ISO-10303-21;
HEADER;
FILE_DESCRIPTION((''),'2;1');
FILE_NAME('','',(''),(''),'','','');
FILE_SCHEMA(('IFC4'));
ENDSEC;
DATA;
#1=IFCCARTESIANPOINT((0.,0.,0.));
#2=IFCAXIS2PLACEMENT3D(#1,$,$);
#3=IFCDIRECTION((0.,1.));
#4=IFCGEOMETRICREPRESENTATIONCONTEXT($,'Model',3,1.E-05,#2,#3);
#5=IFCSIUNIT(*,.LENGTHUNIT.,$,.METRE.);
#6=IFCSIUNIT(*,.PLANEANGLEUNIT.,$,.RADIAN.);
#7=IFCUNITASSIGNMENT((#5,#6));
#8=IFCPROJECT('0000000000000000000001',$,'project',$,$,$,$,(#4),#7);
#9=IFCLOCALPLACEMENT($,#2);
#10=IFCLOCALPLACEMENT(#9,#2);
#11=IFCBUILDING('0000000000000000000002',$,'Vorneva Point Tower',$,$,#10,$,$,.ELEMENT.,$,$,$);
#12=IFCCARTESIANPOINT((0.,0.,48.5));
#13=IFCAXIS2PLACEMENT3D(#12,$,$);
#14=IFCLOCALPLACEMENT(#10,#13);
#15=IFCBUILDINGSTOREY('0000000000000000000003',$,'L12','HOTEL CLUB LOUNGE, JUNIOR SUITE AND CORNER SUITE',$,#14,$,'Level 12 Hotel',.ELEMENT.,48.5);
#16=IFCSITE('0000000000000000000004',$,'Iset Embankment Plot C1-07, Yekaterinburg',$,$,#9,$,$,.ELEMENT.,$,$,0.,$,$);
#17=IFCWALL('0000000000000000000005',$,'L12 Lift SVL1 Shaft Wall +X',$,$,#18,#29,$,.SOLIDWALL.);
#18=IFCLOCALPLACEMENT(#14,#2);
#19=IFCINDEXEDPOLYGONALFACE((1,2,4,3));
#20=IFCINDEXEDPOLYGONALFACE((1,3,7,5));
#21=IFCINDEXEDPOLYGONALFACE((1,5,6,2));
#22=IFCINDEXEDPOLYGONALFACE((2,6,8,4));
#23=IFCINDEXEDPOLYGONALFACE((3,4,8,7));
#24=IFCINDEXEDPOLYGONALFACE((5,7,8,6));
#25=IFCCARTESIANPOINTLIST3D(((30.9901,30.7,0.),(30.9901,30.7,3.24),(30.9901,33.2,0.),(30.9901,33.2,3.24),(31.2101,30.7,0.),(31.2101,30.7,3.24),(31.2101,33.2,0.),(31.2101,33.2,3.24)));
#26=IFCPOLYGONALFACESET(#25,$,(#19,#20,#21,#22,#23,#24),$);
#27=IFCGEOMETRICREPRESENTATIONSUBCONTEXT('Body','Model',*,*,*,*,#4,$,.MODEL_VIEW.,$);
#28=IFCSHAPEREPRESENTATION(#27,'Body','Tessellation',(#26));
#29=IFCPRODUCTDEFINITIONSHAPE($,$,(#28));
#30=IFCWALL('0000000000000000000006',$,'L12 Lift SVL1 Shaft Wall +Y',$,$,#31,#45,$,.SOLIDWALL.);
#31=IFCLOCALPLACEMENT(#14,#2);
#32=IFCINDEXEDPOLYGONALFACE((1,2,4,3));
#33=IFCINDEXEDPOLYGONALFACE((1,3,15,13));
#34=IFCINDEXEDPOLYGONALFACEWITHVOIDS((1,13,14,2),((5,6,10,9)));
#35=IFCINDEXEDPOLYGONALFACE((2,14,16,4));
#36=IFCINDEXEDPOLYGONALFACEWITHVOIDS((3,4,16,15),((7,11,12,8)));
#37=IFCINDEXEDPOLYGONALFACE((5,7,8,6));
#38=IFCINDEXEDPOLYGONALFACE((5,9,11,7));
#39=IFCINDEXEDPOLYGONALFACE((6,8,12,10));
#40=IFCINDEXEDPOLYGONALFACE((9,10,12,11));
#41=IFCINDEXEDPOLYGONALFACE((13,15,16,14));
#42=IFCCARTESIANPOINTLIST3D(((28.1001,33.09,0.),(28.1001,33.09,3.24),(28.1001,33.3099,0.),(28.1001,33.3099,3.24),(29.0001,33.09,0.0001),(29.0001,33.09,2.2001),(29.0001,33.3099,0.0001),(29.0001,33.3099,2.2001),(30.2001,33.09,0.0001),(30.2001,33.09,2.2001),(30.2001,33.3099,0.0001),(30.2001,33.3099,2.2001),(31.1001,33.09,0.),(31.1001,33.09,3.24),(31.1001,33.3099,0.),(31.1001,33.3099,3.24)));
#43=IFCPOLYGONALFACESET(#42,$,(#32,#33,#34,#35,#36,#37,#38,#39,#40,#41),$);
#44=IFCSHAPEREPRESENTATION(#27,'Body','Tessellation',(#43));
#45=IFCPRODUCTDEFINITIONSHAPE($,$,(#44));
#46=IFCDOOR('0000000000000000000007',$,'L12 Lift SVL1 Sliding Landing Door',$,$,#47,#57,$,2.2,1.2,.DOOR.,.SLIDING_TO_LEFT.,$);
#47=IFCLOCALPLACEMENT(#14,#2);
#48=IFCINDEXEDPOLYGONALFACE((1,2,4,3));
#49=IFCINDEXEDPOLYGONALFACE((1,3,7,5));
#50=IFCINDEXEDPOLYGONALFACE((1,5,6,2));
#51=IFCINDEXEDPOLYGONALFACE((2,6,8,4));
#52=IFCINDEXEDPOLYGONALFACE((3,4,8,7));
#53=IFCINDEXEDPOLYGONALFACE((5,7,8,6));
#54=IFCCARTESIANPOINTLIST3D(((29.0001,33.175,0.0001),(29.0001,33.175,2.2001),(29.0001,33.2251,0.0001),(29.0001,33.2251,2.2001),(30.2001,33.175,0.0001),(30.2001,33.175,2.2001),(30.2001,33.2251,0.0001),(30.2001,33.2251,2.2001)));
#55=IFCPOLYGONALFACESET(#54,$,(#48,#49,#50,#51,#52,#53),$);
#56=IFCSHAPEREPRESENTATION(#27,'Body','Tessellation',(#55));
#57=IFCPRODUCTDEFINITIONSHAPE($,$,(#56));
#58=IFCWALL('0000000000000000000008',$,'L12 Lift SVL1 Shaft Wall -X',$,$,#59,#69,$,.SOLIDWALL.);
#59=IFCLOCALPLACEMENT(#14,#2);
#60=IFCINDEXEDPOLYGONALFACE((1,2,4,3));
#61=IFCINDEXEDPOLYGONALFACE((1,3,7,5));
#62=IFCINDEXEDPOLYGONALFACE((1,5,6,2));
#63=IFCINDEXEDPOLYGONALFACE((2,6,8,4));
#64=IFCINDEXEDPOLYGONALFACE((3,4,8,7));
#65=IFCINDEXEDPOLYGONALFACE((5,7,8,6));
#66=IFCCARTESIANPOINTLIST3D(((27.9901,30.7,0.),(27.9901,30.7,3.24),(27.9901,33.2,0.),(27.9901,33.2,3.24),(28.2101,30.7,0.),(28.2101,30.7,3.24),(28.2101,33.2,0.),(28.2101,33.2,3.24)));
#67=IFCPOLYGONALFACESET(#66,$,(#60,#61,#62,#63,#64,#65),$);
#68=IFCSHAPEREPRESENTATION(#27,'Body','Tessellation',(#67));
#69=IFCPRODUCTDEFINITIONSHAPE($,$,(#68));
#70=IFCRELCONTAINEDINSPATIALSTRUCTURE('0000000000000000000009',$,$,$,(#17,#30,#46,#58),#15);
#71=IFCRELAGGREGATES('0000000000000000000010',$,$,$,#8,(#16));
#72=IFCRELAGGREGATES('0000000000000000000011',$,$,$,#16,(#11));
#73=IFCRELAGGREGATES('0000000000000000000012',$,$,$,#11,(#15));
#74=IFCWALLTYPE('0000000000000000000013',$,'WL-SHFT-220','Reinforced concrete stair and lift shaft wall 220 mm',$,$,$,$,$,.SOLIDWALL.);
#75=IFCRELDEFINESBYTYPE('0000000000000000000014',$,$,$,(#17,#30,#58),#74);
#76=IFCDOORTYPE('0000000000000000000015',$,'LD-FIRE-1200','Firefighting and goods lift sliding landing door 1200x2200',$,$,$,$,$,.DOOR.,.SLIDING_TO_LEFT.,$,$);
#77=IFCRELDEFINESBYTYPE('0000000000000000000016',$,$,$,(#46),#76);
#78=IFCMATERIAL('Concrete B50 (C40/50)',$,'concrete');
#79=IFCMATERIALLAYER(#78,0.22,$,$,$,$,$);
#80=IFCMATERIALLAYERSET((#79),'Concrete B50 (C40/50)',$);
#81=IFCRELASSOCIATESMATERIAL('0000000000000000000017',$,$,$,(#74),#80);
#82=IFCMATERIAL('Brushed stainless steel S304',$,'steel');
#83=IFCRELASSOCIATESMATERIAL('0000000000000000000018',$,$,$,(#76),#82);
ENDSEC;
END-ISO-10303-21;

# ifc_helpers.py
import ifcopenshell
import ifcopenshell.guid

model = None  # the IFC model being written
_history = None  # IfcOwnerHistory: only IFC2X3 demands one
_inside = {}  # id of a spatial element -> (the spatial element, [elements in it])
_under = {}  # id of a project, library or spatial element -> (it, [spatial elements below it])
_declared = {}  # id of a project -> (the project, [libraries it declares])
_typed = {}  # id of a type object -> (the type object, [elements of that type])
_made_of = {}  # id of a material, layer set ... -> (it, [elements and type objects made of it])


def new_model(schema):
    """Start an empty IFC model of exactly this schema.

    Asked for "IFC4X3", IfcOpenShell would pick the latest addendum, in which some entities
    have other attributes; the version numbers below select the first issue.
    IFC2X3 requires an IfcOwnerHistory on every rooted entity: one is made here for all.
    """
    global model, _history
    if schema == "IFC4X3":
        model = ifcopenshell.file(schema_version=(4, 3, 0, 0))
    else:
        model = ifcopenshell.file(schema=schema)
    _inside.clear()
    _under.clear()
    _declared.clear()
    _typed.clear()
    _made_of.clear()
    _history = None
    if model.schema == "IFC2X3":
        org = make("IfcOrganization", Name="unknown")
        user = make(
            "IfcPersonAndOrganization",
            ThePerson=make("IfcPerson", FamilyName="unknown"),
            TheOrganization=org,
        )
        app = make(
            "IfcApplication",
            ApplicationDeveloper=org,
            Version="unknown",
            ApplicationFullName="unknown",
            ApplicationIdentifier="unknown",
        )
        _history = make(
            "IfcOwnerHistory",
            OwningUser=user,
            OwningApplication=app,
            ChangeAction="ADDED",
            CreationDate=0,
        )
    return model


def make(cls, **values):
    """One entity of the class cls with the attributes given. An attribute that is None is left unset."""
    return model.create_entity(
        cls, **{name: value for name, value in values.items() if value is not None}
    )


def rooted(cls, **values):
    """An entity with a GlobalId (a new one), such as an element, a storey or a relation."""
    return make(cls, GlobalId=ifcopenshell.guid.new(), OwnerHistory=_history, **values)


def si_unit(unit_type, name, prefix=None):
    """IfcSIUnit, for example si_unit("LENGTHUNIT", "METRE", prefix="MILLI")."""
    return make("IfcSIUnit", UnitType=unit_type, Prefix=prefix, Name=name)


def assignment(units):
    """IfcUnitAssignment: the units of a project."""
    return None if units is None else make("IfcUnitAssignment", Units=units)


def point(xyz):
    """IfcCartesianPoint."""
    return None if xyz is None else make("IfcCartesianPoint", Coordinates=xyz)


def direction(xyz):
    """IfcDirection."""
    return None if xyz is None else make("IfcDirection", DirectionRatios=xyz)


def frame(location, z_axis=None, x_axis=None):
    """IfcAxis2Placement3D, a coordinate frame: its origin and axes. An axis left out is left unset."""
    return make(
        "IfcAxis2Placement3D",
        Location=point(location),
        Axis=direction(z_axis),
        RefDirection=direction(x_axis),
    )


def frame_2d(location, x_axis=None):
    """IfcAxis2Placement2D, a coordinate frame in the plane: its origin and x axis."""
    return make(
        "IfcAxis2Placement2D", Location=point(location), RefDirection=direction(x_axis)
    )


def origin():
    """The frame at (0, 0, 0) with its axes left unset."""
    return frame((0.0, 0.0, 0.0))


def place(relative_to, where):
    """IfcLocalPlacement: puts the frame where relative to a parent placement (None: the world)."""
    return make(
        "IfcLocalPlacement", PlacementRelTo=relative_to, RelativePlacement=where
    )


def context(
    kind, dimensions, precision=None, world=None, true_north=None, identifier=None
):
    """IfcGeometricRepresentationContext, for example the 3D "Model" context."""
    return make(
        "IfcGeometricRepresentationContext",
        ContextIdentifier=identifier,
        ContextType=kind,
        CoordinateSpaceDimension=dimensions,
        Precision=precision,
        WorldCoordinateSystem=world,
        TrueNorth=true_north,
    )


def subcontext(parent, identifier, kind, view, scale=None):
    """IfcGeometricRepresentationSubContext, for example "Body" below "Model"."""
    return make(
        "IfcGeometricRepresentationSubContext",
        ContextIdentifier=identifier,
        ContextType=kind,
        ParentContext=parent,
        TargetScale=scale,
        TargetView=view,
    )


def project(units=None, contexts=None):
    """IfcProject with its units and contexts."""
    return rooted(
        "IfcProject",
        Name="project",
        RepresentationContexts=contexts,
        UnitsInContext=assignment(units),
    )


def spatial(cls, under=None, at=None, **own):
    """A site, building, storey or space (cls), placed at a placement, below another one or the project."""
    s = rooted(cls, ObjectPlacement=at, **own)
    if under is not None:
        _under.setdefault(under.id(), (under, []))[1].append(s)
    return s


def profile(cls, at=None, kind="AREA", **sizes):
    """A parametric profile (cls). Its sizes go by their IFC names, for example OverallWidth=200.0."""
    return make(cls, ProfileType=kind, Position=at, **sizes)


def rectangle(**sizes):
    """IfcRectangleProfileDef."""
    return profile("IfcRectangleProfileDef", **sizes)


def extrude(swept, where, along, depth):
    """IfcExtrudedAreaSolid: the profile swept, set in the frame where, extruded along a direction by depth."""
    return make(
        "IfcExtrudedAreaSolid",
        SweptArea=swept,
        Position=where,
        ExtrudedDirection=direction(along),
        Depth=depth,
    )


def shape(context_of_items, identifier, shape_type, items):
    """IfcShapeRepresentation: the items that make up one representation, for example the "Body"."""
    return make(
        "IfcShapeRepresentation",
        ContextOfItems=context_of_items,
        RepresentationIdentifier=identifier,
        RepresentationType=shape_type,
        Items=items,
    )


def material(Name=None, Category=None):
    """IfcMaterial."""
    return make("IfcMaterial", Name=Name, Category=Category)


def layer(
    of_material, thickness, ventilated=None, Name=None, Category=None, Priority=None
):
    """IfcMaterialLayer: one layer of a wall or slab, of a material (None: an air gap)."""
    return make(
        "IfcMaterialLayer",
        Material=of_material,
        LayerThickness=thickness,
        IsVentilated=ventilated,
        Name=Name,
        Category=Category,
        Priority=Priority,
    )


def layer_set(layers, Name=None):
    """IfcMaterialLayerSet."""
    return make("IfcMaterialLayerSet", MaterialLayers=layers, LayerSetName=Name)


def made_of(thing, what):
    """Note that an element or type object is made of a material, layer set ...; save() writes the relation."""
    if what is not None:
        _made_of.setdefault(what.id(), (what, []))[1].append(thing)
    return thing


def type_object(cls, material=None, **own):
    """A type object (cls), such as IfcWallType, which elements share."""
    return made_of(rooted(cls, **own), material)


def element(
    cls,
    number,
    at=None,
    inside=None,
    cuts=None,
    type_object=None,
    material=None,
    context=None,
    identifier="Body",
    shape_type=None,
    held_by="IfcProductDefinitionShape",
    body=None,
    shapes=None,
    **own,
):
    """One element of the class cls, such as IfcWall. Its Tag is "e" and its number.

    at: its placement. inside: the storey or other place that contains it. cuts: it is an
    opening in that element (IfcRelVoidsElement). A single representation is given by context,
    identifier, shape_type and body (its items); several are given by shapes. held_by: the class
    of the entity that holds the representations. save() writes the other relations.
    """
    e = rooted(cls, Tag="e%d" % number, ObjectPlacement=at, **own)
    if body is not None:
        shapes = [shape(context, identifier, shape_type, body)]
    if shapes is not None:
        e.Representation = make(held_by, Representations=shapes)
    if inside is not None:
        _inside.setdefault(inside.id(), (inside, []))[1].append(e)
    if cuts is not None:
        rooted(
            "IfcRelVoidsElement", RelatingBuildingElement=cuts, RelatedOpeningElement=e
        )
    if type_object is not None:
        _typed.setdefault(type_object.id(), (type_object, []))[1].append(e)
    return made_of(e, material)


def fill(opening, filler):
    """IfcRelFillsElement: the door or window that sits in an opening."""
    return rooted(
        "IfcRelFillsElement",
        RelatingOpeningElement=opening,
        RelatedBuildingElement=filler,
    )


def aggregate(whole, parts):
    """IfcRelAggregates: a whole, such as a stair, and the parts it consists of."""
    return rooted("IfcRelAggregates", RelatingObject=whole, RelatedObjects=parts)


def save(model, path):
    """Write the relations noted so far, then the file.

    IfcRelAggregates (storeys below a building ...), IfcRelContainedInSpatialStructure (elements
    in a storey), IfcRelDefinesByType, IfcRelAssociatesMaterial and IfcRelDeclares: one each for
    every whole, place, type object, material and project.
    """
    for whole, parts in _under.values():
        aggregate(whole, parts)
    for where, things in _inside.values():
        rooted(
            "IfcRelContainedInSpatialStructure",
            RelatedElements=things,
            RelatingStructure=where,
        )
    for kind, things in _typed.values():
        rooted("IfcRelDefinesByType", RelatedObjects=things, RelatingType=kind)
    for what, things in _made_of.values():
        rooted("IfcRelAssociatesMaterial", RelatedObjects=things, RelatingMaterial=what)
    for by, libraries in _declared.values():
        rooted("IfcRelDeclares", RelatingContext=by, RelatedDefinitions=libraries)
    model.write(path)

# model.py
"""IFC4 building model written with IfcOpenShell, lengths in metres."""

from ifc_helpers import new_model, si_unit, direction, frame, frame_2d, origin, place, context, subcontext, project, spatial, rectangle, extrude, material, layer, layer_set, type_object, element, fill, save


model = new_model("IFC4")

# Units and contexts
model_context = context("Model", 3, precision=1e-05, world=origin(), true_north=direction((0.0, 1.0)))
body_context = subcontext(model_context, "Body", "Model", "MODEL_VIEW")
ifc_project = project(units=[si_unit("LENGTHUNIT", "METRE"), si_unit("PLANEANGLEUNIT", "RADIAN")], contexts=[model_context])

# Site, building, storey
site_placement = place(None, origin())
site = spatial("IfcSite", under=ifc_project, at=site_placement, Name="Iset Embankment Plot C1-07, Yekaterinburg", CompositionType="ELEMENT", RefElevation=0.0)
building_placement = place(site_placement, origin())
building = spatial("IfcBuilding", under=site, at=building_placement, Name="Vorneva Point Tower", CompositionType="ELEMENT")
storey_placement = place(building_placement, frame((0.0, 0.0, 48.5)))
storey = spatial("IfcBuildingStorey", under=building, at=storey_placement, Name="L12", Description="HOTEL CLUB LOUNGE, JUNIOR SUITE AND CORNER SUITE", LongName="Level 12 Hotel", CompositionType="ELEMENT", Elevation=48.5)

# Wall
ifc_material_1 = material(Name="Concrete B50 (C40/50)", Category="concrete")
ifc_layer_1 = layer(ifc_material_1, 0.22)
ifc_layer_set_1 = layer_set([ifc_layer_1], Name="Concrete B50 (C40/50)")
wall_type_1 = type_object("IfcWallType", Name="WL-SHFT-220", Description="Reinforced concrete stair and lift shaft wall 220 mm", PredefinedType="SOLIDWALL", material=ifc_layer_set_1)
wall_1_placement = place(storey_placement, frame((31.1001, 30.7, 0.0), z_axis=(0.0, 0.0, 1.0), x_axis=(0.0, 1.0, 0.0)))
element("IfcWall", 1, at=wall_1_placement, inside=storey, type_object=wall_type_1, Name="L12 Lift SVL1 Shaft Wall +X", PredefinedType="SOLIDWALL", context=body_context, shape_type="SweptSolid", body=[
    extrude(rectangle(XDim=2.5, YDim=0.22, at=frame_2d((1.25, 0.0))), origin(), (0.0, 0.0, 1.0), 3.24),
])

# Wall, opening, door
wall_2_placement = place(storey_placement, frame((31.1001, 33.2, 0.0), z_axis=(0.0, 0.0, 1.0), x_axis=(-1.0, 0.0, 0.0)))
wall_2 = element("IfcWall", 2, at=wall_2_placement, inside=storey, type_object=wall_type_1, Name="L12 Lift SVL1 Shaft Wall +Y", PredefinedType="SOLIDWALL", context=body_context, shape_type="SweptSolid", body=[
    extrude(rectangle(XDim=3.0, YDim=0.22, at=frame_2d((1.5, 0.0))), origin(), (0.0, 0.0, 1.0), 3.24),
])
opening_1_placement = place(wall_2_placement, frame((0.8999, 0.0, 0.0)))
opening_1 = element("IfcOpeningElement", 3, at=opening_1_placement, cuts=wall_2, PredefinedType="OPENING", context=body_context, shape_type="SweptSolid", body=[
    extrude(rectangle(XDim=1.2, YDim=2.2, at=frame_2d((0.6001, 1.1001))), frame((0.0, 0.125, 0.0), z_axis=(0.0, -1.0, 0.0), x_axis=(1.0, 0.0, 0.0)), (0.0, 0.0, 1.0), 0.2498),
])
ifc_material_2 = material(Name="Brushed stainless steel S304", Category="steel")
door_type_1 = type_object("IfcDoorType", Name="LD-FIRE-1200", Description="Firefighting and goods lift sliding landing door 1200x2200", OperationType="SLIDING_TO_LEFT", PredefinedType="DOOR", material=ifc_material_2)
door_1_placement = place(opening_1_placement, origin())
door_1 = element("IfcDoor", 4, at=door_1_placement, inside=storey, type_object=door_type_1, Name="L12 Lift SVL1 Sliding Landing Door", OperationType="SLIDING_TO_LEFT", OverallHeight=2.2, OverallWidth=1.2, PredefinedType="DOOR", context=body_context, shape_type="SweptSolid", body=[
    extrude(rectangle(XDim=1.2, YDim=2.2, at=frame_2d((0.6001, 1.1001))), frame((0.0, 0.0249, 0.0), z_axis=(0.0, -1.0, 0.0), x_axis=(1.0, 0.0, 0.0)), (0.0, 0.0, 1.0), 0.05),
])
fill(opening_1, door_1)

# Wall
wall_3_placement = place(storey_placement, frame((28.1001, 33.2, 0.0), z_axis=(0.0, 0.0, 1.0), x_axis=(0.0, -1.0, 0.0)))
element("IfcWall", 5, at=wall_3_placement, inside=storey, type_object=wall_type_1, Name="L12 Lift SVL1 Shaft Wall -X", PredefinedType="SOLIDWALL", context=body_context, shape_type="SweptSolid", body=[
    extrude(rectangle(XDim=2.5, YDim=0.22, at=frame_2d((1.25, 0.0))), origin(), (0.0, 0.0, 1.0), 3.24),
])

save(model, "model.ifc")
